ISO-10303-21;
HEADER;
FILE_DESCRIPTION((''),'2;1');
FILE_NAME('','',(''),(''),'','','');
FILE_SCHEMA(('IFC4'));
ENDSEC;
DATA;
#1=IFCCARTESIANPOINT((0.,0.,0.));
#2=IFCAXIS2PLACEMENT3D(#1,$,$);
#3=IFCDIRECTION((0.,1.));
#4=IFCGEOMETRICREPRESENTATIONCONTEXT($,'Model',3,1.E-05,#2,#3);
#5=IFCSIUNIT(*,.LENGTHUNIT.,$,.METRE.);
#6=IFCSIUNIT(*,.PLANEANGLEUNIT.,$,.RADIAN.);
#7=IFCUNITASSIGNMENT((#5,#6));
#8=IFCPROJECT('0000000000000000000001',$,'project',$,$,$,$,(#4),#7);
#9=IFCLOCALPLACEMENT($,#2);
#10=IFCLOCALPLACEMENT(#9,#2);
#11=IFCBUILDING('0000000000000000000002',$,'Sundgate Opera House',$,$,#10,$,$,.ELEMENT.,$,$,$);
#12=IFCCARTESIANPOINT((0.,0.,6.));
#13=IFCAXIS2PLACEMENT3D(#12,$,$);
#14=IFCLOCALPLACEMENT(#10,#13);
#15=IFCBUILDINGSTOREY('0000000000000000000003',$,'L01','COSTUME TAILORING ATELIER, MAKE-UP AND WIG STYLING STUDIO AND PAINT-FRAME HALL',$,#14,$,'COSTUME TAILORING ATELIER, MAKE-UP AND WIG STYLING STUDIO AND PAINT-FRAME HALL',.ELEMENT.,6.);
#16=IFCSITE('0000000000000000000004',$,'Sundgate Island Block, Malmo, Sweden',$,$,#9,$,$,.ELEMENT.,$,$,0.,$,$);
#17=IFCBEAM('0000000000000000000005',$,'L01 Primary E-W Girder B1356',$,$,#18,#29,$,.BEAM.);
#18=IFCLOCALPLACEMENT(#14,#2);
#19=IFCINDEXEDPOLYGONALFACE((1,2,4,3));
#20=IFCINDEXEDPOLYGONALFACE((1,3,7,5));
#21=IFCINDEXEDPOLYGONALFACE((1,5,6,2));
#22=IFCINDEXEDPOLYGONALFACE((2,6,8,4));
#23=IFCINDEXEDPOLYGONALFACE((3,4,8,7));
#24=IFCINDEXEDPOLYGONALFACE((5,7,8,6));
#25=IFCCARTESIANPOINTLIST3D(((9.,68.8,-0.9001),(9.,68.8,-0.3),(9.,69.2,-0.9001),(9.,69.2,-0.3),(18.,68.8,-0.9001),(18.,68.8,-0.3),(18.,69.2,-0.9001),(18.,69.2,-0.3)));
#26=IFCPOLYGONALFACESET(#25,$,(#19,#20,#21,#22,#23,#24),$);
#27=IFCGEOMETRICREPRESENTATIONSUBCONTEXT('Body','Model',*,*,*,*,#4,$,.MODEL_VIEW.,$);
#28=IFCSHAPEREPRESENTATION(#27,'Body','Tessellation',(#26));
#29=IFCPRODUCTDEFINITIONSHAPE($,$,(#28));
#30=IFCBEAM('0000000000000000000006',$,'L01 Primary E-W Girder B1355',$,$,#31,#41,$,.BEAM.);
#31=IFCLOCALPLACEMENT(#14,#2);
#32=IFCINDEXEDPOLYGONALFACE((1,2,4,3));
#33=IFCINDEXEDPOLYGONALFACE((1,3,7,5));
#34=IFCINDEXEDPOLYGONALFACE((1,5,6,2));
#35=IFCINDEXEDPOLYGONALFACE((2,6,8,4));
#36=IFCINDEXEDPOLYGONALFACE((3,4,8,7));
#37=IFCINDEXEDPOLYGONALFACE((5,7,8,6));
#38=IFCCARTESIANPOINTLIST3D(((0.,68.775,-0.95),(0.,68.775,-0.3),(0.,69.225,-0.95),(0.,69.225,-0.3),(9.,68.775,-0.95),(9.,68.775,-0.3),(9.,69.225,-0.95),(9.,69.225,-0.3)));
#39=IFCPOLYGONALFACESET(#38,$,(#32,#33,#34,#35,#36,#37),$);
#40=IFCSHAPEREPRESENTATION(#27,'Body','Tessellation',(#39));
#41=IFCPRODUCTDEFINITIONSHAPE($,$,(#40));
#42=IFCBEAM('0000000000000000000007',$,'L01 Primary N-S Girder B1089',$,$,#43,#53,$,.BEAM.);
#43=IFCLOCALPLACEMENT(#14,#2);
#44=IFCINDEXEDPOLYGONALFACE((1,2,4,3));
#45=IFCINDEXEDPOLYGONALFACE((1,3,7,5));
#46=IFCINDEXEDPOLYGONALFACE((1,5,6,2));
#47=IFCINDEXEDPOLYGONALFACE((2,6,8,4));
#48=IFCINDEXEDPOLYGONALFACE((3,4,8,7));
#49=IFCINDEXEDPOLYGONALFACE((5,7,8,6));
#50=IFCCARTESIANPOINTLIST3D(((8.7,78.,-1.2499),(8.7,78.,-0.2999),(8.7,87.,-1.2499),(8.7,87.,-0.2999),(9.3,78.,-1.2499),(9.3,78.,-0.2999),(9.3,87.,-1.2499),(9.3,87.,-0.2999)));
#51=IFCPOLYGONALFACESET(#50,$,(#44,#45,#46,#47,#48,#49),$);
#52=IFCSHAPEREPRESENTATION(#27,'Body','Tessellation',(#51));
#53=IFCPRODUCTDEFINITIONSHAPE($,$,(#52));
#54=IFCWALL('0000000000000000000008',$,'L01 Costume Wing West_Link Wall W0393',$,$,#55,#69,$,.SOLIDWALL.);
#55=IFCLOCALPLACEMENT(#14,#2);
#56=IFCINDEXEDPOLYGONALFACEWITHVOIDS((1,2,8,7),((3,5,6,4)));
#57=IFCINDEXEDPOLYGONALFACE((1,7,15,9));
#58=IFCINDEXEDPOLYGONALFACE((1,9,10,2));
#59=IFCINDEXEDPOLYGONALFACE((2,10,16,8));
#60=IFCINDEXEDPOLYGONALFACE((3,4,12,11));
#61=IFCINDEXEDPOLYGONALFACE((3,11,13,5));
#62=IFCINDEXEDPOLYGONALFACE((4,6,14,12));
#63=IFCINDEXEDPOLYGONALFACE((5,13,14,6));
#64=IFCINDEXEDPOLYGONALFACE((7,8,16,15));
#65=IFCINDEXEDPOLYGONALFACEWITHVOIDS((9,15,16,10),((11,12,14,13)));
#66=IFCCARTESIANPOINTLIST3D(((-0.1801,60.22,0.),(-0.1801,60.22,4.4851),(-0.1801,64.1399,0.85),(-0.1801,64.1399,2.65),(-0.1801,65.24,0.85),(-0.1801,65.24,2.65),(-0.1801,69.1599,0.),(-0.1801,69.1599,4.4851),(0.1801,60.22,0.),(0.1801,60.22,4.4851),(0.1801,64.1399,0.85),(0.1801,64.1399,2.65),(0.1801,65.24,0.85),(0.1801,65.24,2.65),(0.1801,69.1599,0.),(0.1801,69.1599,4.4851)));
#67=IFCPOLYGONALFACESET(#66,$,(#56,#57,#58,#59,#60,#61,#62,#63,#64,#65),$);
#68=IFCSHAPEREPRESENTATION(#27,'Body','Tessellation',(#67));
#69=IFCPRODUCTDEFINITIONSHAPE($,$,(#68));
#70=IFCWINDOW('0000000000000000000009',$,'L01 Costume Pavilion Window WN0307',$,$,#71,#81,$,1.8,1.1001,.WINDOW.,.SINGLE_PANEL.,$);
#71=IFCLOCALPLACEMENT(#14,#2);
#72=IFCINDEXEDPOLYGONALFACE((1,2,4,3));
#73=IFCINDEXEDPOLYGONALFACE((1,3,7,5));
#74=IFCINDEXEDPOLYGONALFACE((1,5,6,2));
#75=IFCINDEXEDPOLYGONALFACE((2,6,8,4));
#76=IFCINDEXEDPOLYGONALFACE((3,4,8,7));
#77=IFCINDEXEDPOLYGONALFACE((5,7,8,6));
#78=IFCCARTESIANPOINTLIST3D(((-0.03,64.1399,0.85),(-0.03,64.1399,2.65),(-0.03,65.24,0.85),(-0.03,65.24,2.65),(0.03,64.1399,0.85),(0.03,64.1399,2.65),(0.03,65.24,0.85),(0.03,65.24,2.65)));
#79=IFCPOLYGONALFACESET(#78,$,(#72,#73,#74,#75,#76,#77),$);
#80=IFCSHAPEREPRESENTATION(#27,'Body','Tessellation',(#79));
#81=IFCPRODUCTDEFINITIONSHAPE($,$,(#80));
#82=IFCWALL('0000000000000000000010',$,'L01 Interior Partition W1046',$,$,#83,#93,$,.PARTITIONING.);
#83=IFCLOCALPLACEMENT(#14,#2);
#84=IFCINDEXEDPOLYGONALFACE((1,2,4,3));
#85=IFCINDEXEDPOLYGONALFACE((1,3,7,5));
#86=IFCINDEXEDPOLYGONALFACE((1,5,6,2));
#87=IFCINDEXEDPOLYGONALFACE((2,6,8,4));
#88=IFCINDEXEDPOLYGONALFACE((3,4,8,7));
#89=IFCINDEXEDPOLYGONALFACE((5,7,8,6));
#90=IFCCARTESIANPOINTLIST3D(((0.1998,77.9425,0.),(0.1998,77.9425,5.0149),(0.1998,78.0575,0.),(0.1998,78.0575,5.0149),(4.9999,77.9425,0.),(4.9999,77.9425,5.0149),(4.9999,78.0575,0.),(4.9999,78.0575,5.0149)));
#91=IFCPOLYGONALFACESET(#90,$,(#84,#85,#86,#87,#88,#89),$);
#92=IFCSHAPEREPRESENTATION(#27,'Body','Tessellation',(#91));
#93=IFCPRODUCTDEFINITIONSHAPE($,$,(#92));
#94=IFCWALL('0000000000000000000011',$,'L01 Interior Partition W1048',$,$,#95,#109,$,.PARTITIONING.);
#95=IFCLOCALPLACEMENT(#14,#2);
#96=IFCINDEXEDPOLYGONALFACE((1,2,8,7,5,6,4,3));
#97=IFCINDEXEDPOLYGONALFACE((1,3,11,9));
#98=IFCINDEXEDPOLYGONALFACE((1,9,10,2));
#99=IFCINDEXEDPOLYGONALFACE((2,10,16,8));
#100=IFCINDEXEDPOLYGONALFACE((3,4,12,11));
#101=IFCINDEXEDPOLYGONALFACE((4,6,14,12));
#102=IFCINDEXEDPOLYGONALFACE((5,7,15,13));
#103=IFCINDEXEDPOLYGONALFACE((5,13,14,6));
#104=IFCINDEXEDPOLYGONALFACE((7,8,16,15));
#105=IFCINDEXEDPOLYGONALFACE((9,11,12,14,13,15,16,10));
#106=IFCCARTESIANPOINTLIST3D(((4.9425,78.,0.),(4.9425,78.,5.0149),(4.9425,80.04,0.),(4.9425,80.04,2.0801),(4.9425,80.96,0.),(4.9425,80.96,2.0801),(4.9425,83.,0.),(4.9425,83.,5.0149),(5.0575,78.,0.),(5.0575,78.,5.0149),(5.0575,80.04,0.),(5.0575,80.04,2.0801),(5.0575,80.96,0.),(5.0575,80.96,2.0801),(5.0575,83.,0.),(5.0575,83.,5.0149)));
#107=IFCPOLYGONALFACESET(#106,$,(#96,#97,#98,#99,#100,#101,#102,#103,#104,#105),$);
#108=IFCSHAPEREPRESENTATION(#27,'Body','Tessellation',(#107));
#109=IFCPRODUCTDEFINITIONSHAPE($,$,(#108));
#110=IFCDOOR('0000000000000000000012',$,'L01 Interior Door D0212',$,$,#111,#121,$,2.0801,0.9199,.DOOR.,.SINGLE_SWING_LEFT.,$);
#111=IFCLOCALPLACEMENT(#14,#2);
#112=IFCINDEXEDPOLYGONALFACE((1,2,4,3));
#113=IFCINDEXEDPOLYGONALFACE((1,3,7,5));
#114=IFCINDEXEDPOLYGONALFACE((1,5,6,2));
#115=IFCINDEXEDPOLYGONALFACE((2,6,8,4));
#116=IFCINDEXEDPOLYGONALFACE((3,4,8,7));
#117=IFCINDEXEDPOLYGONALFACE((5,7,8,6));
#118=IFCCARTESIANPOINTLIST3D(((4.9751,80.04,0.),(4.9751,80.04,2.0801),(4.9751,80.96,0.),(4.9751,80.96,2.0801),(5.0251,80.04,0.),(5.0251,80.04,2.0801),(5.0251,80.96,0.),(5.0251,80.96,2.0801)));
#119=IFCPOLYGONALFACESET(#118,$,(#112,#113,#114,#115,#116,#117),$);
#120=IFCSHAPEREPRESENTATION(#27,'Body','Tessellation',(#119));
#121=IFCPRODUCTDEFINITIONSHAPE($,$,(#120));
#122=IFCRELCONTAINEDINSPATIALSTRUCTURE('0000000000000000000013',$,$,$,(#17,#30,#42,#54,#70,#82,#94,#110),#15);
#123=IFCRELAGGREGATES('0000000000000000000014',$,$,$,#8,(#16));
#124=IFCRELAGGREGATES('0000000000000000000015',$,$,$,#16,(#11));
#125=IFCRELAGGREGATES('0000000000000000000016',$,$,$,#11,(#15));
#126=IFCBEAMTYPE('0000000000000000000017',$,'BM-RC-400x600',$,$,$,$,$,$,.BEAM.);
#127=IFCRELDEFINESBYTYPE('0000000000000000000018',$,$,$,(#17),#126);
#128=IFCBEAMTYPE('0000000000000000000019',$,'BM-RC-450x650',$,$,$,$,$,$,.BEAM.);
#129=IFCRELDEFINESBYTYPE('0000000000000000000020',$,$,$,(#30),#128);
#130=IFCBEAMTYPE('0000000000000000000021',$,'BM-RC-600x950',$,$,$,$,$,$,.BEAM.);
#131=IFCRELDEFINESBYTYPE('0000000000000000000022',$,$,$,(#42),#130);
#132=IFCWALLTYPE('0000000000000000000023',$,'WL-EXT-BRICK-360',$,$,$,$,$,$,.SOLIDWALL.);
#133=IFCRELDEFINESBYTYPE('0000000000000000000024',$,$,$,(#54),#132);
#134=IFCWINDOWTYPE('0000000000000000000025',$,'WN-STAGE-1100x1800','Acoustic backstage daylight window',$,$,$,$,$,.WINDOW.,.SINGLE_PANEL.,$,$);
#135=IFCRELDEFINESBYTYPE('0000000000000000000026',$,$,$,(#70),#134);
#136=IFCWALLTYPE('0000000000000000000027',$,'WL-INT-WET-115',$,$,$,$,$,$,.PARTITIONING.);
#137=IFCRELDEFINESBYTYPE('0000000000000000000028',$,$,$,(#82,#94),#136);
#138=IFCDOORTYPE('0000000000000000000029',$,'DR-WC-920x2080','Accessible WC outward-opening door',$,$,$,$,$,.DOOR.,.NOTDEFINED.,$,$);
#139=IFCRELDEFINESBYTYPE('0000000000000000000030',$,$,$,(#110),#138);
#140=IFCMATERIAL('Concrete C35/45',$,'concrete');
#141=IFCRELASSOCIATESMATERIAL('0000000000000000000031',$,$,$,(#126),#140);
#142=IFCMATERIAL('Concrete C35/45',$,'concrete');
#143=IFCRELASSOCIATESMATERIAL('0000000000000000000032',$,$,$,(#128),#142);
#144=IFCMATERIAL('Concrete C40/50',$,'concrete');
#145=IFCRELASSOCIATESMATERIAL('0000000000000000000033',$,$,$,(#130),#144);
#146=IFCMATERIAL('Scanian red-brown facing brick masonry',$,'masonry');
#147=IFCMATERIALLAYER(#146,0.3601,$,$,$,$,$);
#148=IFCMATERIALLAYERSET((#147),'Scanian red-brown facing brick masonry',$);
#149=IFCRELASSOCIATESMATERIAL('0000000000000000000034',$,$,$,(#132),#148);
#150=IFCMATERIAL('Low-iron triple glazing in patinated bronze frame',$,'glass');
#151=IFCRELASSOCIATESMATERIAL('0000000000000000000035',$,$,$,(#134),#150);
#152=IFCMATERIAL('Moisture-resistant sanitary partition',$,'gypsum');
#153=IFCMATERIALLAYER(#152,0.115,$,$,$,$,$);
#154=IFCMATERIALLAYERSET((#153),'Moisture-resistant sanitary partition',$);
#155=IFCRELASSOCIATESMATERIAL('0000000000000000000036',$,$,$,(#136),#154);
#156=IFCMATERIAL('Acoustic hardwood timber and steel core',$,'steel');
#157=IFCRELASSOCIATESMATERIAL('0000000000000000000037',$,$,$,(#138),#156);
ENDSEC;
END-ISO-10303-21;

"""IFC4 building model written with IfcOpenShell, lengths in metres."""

from ifc_helpers import new_model, si_unit, direction, frame, frame_2d, origin, origin_2d, place, context, subcontext, project, spatial, rectangle, extrude, material, layer, layer_set, material_profile, profile_set, type_object, element, fill, save


model = new_model("IFC4")

# Units and contexts
model_context = context("Model", 3, precision=1e-05, world=origin(), true_north=direction((0.0, 1.0)))
body_context = subcontext(model_context, "Body", "Model", "MODEL_VIEW")
ifc_project = project(units=[si_unit("LENGTHUNIT", "METRE"), si_unit("PLANEANGLEUNIT", "RADIAN")], contexts=[model_context])

# Site, building, storey
site_placement = place(None, origin())
site = spatial("IfcSite", under=ifc_project, at=site_placement, Name="Sundgate Island Block, Malmo, Sweden", CompositionType="ELEMENT", RefElevation=0.0)
building_placement = place(site_placement, origin())
building = spatial("IfcBuilding", under=site, at=building_placement, Name="Sundgate Opera House", CompositionType="ELEMENT")
storey_placement = place(building_placement, frame((0.0, 0.0, 6.0)))
storey = spatial("IfcBuildingStorey", under=building, at=storey_placement, Name="L01", Description="COSTUME TAILORING ATELIER, MAKE-UP AND WIG STYLING STUDIO AND PAINT-FRAME HALL", LongName="COSTUME TAILORING ATELIER, MAKE-UP AND WIG STYLING STUDIO AND PAINT-FRAME HALL", CompositionType="ELEMENT", Elevation=6.0)

# Beams
ifc_material_1 = material(Name="Concrete C35/45", Category="concrete")
ifc_material_profile_1 = material_profile(ifc_material_1, rectangle(XDim=0.3999, YDim=0.6001, at=origin_2d()), Name="RC 400x600")
ifc_profile_set_1 = profile_set([ifc_material_profile_1], Name="Concrete C35/45")
beam_type_1 = type_object("IfcBeamType", Name="BM-RC-400x600", PredefinedType="BEAM", material=ifc_profile_set_1)
beam_1_placement = place(storey_placement, frame((9.0, 69.0, -0.6001), z_axis=(1.0, 0.0, 0.0), x_axis=(0.0, 1.0, 0.0)))
element("IfcBeam", 1, at=beam_1_placement, inside=storey, type_object=beam_type_1, Name="L01 Primary E-W Girder B1356", PredefinedType="BEAM", context=body_context, shape_type="SweptSolid", body=[
    extrude(rectangle(XDim=0.3999, YDim=0.6001, at=origin_2d()), origin(), (0.0, 0.0, 1.0), 9.0),
])
ifc_material_2 = material(Name="Concrete C35/45", Category="concrete")
ifc_material_profile_2 = material_profile(ifc_material_2, rectangle(XDim=0.45, YDim=0.6499, at=origin_2d()), Name="RC 450x650")
ifc_profile_set_2 = profile_set([ifc_material_profile_2], Name="Concrete C35/45")
beam_type_2 = type_object("IfcBeamType", Name="BM-RC-450x650", PredefinedType="BEAM", material=ifc_profile_set_2)
beam_2_placement = place(storey_placement, frame((0.0, 69.0, -0.625), z_axis=(1.0, 0.0, 0.0), x_axis=(0.0, 1.0, 0.0)))
element("IfcBeam", 2, at=beam_2_placement, inside=storey, type_object=beam_type_2, Name="L01 Primary E-W Girder B1355", PredefinedType="BEAM", context=body_context, shape_type="SweptSolid", body=[
    extrude(rectangle(XDim=0.45, YDim=0.6499, at=origin_2d()), origin(), (0.0, 0.0, 1.0), 9.0),
])
ifc_material_3 = material(Name="Concrete C40/50", Category="concrete")
ifc_material_profile_3 = material_profile(ifc_material_3, rectangle(XDim=0.6001, YDim=0.95, at=origin_2d()), Name="RC 600x950")
ifc_profile_set_3 = profile_set([ifc_material_profile_3], Name="Concrete C40/50")
beam_type_3 = type_object("IfcBeamType", Name="BM-RC-600x950", PredefinedType="BEAM", material=ifc_profile_set_3)
beam_3_placement = place(storey_placement, frame((9.0, 78.0, -0.7749), z_axis=(0.0, 1.0, 0.0), x_axis=(-1.0, 0.0, 0.0)))
element("IfcBeam", 3, at=beam_3_placement, inside=storey, type_object=beam_type_3, Name="L01 Primary N-S Girder B1089", PredefinedType="BEAM", context=body_context, shape_type="SweptSolid", body=[
    extrude(rectangle(XDim=0.6001, YDim=0.95, at=origin_2d()), origin(), (0.0, 0.0, 1.0), 9.0),
])

# Wall, opening, window
ifc_material_4 = material(Name="Scanian red-brown facing brick masonry", Category="masonry")
ifc_layer_1 = layer(ifc_material_4, 0.3601)
ifc_layer_set_1 = layer_set([ifc_layer_1], Name="Scanian red-brown facing brick masonry")
wall_type_1 = type_object("IfcWallType", Name="WL-EXT-BRICK-360", PredefinedType="SOLIDWALL", material=ifc_layer_set_1)
wall_1_placement = place(storey_placement, frame((0.0, 69.1599, 0.0), z_axis=(0.0, 0.0, 1.0), x_axis=(0.0, -1.0, 0.0)))
wall_1 = element("IfcWall", 4, at=wall_1_placement, inside=storey, type_object=wall_type_1, Name="L01 Costume Wing West_Link Wall W0393", PredefinedType="SOLIDWALL", context=body_context, shape_type="SweptSolid", body=[
    extrude(rectangle(XDim=8.9399, YDim=0.3601, at=frame_2d((4.47, 0.0))), origin(), (0.0, 0.0, 1.0), 4.4851),
])
opening_1_placement = place(wall_1_placement, frame((3.9199, 0.0, 0.8501)))
opening_1 = element("IfcOpeningElement", 5, at=opening_1_placement, cuts=wall_1, PredefinedType="OPENING", context=body_context, shape_type="SweptSolid", body=[
    extrude(rectangle(XDim=1.1001, YDim=1.8, at=frame_2d((0.55, 0.8999))), frame((0.0, 0.1899, 0.0), z_axis=(0.0, -1.0, 0.0), x_axis=(1.0, 0.0, 0.0)), (0.0, 0.0, 1.0), 0.3801),
])
ifc_material_5 = material(Name="Low-iron triple glazing in patinated bronze frame", Category="glass")
window_type = type_object("IfcWindowType", Name="WN-STAGE-1100x1800", Description="Acoustic backstage daylight window", PartitioningType="SINGLE_PANEL", PredefinedType="WINDOW", material=ifc_material_5)
window_placement = place(opening_1_placement, origin())
window = element("IfcWindow", 6, at=window_placement, inside=storey, type_object=window_type, Name="L01 Costume Pavilion Window WN0307", OverallHeight=1.8, OverallWidth=1.1001, PartitioningType="SINGLE_PANEL", PredefinedType="WINDOW", context=body_context, shape_type="SweptSolid", body=[
    extrude(rectangle(XDim=1.1001, YDim=1.8, at=frame_2d((0.55, 0.8999))), frame((0.0, 0.03, 0.0), z_axis=(0.0, -1.0, 0.0), x_axis=(1.0, 0.0, 0.0)), (0.0, 0.0, 1.0), 0.0601),
])
fill(opening_1, window)

# Wall
ifc_material_6 = material(Name="Moisture-resistant sanitary partition", Category="gypsum")
ifc_layer_2 = layer(ifc_material_6, 0.115)
ifc_layer_set_2 = layer_set([ifc_layer_2], Name="Moisture-resistant sanitary partition")
wall_type_2 = type_object("IfcWallType", Name="WL-INT-WET-115", PredefinedType="PARTITIONING", material=ifc_layer_set_2)
wall_2_placement = place(storey_placement, frame((0.2, 78.0, 0.0), z_axis=(0.0, 0.0, 1.0), x_axis=(1.0, 0.0, 0.0)))
element("IfcWall", 7, at=wall_2_placement, inside=storey, type_object=wall_type_2, Name="L01 Interior Partition W1046", PredefinedType="PARTITIONING", context=body_context, shape_type="SweptSolid", body=[
    extrude(rectangle(XDim=4.8, YDim=0.115, at=frame_2d((2.3999, 0.0))), origin(), (0.0, 0.0, 1.0), 5.0149),
])

# Wall, opening, door
wall_3_placement = place(storey_placement, frame((5.0, 78.0, 0.0), z_axis=(0.0, 0.0, 1.0), x_axis=(0.0, 1.0, 0.0)))
wall_3 = element("IfcWall", 8, at=wall_3_placement, inside=storey, type_object=wall_type_2, Name="L01 Interior Partition W1048", PredefinedType="PARTITIONING", context=body_context, shape_type="SweptSolid", body=[
    extrude(rectangle(XDim=5.0, YDim=0.115, at=frame_2d((2.5, 0.0))), origin(), (0.0, 0.0, 1.0), 5.0149),
])
opening_2_placement = place(wall_3_placement, frame((2.04, 0.0, 0.0)))
opening_2 = element("IfcOpeningElement", 9, at=opening_2_placement, cuts=wall_3, PredefinedType="OPENING", context=body_context, shape_type="SweptSolid", body=[
    extrude(rectangle(XDim=0.9199, YDim=2.0801, at=frame_2d((0.46, 1.04))), frame((0.0, 0.0674, 0.0), z_axis=(0.0, -1.0, 0.0), x_axis=(1.0, 0.0, 0.0)), (0.0, 0.0, 1.0), 0.135),
])
ifc_material_7 = material(Name="Acoustic hardwood timber and steel core", Category="steel")
door_type = type_object("IfcDoorType", Name="DR-WC-920x2080", Description="Accessible WC outward-opening door", OperationType="NOTDEFINED", PredefinedType="DOOR", material=ifc_material_7)
door_placement = place(opening_2_placement, origin())
door = element("IfcDoor", 10, at=door_placement, inside=storey, type_object=door_type, Name="L01 Interior Door D0212", OperationType="SINGLE_SWING_LEFT", OverallHeight=2.0801, OverallWidth=0.9199, PredefinedType="DOOR", context=body_context, shape_type="SweptSolid", body=[
    extrude(rectangle(XDim=0.9199, YDim=2.0801, at=frame_2d((0.46, 1.04))), frame((0.0, 0.0249, 0.0), z_axis=(0.0, -1.0, 0.0), x_axis=(1.0, 0.0, 0.0)), (0.0, 0.0, 1.0), 0.05),
])
fill(opening_2, door)

save(model, "model.ifc")
